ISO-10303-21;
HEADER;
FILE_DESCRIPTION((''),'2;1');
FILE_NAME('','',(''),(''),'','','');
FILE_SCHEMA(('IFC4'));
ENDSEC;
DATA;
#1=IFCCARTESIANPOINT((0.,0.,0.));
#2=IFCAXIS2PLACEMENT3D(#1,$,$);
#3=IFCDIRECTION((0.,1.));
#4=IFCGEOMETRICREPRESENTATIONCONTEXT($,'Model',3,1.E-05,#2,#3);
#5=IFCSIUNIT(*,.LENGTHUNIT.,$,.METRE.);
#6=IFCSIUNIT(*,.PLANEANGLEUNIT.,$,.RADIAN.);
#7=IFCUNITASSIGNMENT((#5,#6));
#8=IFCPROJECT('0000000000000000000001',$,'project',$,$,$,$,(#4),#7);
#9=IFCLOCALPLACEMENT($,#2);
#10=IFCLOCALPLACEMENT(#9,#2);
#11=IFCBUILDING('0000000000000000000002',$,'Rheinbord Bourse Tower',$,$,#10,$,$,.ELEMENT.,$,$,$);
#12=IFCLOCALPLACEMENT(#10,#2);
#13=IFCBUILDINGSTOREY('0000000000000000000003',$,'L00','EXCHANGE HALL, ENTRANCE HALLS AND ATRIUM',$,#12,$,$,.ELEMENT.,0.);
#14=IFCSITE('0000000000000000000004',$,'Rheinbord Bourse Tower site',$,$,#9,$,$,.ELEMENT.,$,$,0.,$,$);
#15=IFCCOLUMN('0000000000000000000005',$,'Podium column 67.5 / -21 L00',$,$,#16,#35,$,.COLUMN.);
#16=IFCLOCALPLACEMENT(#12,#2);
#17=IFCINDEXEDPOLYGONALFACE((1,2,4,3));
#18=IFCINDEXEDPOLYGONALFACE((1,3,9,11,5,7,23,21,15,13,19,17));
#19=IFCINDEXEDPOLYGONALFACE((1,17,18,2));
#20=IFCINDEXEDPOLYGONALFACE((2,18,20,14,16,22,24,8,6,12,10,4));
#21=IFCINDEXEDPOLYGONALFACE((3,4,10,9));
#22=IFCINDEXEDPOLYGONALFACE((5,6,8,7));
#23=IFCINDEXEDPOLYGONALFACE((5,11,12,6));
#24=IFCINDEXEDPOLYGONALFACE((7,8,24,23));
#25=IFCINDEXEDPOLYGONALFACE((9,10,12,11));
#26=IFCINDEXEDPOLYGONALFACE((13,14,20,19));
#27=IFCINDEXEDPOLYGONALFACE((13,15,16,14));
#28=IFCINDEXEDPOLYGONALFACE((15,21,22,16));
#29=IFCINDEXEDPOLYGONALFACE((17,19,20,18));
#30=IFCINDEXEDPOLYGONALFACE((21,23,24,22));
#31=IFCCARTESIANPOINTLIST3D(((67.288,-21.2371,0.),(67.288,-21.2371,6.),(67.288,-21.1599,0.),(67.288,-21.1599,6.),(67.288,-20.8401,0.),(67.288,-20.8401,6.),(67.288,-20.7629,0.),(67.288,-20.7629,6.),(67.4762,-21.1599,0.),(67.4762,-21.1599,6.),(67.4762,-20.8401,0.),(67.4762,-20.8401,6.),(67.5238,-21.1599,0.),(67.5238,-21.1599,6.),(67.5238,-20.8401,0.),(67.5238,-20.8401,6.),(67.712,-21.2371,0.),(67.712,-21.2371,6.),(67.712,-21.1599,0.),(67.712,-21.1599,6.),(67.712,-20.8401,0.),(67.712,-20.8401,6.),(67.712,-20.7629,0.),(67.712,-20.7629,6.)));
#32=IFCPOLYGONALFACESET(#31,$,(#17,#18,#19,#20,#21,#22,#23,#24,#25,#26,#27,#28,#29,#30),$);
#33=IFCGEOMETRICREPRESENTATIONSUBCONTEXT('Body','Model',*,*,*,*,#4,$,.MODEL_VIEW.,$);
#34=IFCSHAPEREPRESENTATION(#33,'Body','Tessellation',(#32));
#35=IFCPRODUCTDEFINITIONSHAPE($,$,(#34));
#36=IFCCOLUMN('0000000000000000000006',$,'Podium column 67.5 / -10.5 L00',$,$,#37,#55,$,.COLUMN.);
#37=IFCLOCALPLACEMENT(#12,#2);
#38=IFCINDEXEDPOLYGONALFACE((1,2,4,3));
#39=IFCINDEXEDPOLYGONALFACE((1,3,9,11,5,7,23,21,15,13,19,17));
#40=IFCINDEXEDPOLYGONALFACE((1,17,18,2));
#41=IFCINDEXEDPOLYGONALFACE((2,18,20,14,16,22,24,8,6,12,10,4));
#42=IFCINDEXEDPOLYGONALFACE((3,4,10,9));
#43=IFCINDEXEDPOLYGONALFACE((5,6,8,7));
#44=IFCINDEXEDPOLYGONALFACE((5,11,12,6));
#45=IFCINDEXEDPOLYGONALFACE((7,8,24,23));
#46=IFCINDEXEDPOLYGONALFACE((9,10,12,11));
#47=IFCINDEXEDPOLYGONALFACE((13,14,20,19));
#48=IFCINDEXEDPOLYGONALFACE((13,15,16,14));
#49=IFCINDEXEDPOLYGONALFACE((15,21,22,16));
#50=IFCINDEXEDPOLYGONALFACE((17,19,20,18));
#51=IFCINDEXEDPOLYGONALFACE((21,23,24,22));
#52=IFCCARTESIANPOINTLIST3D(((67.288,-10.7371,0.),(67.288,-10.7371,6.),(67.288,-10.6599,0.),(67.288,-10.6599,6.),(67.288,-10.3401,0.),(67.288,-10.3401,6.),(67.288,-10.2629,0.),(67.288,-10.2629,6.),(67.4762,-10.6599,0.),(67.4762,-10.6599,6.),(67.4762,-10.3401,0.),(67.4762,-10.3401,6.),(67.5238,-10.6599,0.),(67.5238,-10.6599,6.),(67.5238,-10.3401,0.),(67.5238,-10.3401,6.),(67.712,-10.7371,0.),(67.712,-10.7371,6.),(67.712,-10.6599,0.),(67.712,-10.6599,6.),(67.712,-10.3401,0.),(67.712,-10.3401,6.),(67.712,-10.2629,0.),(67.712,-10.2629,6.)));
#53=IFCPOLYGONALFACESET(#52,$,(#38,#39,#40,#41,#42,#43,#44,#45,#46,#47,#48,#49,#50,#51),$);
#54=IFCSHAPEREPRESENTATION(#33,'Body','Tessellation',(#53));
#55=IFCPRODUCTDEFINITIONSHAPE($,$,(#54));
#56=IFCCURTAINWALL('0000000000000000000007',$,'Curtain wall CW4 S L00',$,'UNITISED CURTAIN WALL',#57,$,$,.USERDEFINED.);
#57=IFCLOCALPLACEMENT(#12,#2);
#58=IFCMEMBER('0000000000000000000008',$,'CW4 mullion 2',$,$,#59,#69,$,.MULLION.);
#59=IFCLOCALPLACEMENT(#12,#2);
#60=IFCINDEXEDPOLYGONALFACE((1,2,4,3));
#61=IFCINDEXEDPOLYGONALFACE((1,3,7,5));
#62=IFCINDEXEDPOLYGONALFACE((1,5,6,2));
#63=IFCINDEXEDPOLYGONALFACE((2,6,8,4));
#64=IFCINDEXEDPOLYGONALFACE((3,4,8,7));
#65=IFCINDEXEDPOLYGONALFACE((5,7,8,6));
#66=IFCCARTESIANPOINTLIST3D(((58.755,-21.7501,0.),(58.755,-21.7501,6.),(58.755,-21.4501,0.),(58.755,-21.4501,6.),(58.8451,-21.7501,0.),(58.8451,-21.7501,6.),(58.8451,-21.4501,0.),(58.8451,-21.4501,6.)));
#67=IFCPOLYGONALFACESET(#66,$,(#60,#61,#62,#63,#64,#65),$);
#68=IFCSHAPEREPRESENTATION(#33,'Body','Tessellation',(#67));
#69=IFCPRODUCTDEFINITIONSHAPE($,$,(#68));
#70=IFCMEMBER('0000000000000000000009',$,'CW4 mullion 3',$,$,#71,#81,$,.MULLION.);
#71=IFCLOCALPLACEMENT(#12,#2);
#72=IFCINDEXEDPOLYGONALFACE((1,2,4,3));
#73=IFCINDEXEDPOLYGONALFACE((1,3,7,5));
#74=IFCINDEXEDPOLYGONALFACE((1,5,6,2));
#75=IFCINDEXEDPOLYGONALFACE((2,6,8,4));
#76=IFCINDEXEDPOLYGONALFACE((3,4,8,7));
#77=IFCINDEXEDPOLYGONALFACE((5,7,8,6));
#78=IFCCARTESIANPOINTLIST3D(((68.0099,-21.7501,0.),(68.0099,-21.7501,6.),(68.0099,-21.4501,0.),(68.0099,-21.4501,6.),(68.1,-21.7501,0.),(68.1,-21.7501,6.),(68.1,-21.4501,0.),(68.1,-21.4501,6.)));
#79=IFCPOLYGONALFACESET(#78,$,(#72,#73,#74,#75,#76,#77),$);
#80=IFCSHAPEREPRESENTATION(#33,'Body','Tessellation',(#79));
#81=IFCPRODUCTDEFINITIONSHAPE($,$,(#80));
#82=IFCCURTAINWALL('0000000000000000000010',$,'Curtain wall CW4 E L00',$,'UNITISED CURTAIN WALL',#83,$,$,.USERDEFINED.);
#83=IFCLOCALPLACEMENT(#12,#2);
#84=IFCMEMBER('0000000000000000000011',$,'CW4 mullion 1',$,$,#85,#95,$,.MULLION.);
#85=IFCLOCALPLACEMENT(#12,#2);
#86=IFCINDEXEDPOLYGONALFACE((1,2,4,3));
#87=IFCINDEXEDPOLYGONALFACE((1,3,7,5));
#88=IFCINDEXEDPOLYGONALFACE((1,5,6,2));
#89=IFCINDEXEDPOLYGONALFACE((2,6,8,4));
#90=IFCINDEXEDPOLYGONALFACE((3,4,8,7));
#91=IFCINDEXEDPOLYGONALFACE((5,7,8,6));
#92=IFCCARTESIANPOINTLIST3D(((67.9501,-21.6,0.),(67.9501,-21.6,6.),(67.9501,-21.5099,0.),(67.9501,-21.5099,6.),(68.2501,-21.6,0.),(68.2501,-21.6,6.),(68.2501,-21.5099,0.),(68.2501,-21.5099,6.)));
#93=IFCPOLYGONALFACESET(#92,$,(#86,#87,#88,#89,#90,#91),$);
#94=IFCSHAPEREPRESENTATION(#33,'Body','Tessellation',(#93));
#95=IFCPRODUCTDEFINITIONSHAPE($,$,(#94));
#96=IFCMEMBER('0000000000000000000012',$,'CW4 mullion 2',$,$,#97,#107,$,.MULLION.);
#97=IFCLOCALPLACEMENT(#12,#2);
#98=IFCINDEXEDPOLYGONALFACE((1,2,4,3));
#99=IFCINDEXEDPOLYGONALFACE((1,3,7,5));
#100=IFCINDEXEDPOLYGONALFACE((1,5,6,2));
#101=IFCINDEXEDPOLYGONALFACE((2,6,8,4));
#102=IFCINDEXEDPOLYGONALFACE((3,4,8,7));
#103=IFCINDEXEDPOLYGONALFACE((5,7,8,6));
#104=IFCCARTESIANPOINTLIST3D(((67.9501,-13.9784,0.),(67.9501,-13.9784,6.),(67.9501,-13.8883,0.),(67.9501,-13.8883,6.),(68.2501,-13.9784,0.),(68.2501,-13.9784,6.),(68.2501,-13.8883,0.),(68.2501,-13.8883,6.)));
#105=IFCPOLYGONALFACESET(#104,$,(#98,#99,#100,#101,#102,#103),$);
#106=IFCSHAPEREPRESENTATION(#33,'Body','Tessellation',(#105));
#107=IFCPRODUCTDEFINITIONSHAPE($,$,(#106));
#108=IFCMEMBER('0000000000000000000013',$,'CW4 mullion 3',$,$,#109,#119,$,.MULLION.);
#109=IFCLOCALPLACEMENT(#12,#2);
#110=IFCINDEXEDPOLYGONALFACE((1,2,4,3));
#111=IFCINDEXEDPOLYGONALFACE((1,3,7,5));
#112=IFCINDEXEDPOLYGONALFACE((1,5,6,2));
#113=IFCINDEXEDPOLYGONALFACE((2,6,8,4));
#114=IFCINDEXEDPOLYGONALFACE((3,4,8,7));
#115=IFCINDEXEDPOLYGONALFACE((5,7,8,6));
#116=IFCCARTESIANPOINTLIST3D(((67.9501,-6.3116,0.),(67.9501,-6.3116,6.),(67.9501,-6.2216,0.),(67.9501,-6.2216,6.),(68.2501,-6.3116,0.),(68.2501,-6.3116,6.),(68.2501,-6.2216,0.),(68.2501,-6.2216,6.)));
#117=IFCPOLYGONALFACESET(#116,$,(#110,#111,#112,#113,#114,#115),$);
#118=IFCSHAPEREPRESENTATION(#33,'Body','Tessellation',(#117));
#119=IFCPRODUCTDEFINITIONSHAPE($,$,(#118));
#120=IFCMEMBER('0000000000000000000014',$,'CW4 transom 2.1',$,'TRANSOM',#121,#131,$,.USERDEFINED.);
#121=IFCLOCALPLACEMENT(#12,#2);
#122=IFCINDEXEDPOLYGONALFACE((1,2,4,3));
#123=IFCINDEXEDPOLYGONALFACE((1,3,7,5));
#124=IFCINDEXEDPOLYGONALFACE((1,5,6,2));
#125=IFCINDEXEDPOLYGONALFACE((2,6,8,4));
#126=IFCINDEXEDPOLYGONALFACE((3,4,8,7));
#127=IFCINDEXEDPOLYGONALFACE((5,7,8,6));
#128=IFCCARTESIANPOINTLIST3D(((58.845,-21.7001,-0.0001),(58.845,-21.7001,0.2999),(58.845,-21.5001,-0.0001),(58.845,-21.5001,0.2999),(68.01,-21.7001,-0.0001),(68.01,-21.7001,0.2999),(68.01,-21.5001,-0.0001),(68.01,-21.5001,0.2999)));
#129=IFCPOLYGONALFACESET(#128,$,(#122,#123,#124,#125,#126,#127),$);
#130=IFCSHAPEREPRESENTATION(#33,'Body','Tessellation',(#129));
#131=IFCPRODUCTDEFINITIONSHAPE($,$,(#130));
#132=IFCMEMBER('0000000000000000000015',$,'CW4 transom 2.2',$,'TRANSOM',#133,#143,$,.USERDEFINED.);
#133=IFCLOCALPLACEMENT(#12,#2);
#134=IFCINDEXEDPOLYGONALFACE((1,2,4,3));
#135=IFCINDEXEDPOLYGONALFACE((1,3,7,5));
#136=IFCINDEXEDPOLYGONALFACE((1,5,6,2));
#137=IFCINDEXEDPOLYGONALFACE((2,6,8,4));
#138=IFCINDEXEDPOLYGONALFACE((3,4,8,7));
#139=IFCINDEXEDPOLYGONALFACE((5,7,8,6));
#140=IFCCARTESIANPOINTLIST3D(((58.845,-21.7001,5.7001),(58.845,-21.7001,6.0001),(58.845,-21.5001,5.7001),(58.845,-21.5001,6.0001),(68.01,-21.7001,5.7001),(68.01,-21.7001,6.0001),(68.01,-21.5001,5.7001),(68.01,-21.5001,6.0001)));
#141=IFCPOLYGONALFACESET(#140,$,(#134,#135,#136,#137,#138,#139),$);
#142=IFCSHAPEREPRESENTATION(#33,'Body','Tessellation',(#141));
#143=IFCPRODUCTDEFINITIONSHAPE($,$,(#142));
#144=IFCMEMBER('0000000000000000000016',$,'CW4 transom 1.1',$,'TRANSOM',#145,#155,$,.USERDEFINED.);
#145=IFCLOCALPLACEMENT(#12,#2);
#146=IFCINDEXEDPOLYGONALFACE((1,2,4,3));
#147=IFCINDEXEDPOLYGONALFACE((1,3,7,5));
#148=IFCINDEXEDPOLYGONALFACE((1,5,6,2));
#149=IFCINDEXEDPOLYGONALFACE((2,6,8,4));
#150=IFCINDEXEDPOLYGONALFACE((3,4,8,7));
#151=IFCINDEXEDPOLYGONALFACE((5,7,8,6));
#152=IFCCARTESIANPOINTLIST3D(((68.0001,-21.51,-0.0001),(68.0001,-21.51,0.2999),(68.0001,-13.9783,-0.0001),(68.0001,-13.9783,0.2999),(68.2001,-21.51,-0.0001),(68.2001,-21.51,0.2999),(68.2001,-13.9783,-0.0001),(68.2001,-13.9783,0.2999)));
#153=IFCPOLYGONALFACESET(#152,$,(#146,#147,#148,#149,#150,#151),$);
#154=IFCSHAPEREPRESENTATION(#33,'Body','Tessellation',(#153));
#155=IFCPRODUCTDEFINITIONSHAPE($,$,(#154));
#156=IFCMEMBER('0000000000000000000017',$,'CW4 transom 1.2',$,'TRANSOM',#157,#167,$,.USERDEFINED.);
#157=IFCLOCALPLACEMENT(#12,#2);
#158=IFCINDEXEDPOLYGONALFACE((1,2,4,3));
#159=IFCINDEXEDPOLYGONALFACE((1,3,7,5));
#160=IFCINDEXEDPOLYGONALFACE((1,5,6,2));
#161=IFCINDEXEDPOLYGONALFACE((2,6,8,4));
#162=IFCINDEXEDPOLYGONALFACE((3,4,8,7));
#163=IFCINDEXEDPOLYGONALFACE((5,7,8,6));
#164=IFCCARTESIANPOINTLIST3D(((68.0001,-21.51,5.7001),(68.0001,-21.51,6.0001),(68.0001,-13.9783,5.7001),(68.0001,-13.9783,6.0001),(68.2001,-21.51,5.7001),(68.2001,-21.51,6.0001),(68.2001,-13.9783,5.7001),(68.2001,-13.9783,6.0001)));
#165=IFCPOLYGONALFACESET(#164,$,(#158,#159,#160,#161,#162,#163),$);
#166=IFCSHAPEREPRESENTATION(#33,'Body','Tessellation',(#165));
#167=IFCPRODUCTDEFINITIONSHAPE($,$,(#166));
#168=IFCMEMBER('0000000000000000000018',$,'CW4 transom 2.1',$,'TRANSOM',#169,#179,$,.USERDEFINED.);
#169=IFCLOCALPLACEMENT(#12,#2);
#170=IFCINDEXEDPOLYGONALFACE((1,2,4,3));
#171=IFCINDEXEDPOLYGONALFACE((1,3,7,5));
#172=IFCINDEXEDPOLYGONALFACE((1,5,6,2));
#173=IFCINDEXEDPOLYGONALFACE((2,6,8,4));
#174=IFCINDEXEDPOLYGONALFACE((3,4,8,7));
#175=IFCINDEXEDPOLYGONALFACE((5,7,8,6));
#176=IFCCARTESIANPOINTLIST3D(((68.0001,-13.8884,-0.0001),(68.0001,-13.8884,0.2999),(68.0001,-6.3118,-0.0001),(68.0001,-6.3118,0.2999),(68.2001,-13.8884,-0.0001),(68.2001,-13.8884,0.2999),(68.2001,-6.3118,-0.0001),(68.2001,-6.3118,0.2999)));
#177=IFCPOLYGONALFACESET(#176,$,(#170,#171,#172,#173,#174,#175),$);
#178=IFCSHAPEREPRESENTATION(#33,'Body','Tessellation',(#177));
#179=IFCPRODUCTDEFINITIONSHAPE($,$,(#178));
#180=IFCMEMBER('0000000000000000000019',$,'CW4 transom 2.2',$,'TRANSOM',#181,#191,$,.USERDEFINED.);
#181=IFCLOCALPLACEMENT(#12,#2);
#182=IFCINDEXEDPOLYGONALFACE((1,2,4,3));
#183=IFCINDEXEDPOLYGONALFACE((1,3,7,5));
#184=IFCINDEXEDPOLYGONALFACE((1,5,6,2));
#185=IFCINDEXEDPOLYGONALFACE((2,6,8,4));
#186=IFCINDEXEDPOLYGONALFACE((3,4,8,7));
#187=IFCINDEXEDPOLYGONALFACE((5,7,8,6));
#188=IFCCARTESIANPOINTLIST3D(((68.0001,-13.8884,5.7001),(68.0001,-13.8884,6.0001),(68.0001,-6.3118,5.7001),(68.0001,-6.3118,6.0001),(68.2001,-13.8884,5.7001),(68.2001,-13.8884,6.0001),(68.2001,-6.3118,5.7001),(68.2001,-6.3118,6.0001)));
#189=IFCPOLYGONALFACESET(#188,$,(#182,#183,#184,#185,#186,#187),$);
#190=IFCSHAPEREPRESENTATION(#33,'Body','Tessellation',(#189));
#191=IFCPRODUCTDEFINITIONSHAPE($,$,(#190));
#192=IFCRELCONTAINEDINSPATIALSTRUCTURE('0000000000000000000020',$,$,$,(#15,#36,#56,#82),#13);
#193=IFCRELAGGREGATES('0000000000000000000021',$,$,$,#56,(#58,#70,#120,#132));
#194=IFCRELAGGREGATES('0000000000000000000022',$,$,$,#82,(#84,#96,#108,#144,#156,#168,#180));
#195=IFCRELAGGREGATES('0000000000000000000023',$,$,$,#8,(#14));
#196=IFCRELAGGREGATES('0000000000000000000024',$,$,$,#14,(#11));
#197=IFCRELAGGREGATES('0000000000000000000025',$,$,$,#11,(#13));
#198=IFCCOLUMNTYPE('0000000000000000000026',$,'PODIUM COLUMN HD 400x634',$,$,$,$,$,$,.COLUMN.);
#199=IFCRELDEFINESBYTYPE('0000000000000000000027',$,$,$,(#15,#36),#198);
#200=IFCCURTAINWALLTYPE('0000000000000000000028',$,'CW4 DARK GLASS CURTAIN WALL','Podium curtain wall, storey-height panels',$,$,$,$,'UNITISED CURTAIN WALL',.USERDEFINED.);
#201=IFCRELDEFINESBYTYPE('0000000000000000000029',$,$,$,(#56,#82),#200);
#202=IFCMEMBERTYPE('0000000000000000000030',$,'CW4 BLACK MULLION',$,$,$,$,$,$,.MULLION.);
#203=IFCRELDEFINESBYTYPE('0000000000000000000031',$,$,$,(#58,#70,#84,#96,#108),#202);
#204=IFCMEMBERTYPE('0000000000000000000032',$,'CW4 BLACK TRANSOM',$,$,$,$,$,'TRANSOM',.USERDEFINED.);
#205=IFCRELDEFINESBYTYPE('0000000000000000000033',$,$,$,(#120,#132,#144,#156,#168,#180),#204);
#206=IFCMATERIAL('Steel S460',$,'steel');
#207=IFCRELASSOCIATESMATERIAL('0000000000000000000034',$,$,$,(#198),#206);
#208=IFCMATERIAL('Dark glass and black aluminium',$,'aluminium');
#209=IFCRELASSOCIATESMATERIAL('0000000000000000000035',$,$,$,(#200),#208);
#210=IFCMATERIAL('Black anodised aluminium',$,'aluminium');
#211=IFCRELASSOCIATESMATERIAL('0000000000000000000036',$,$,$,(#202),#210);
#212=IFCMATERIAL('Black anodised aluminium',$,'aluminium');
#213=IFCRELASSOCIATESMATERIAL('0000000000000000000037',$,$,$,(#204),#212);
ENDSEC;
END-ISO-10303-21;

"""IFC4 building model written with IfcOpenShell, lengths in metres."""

from ifc_helpers import new_model, si_unit, direction, frame, origin, origin_2d, place, context, subcontext, project, spatial, rectangle, i_section, extrude, material, material_profile, profile_set, type_object, element, aggregate, save


model = new_model("IFC4")

# Units and contexts
model_context = context("Model", 3, precision=1e-05, world=origin(), true_north=direction((0.0, 1.0)))
body_context = subcontext(model_context, "Body", "Model", "MODEL_VIEW")
ifc_project = project(units=[si_unit("LENGTHUNIT", "METRE"), si_unit("PLANEANGLEUNIT", "RADIAN")], contexts=[model_context])

# Site, building, storey
site_placement = place(None, origin())
site = spatial("IfcSite", under=ifc_project, at=site_placement, Name="Rheinbord Bourse Tower site", CompositionType="ELEMENT", RefElevation=0.0)
building_placement = place(site_placement, origin())
building = spatial("IfcBuilding", under=site, at=building_placement, Name="Rheinbord Bourse Tower", CompositionType="ELEMENT")
storey_placement = place(building_placement, origin())
storey = spatial("IfcBuildingStorey", under=building, at=storey_placement, Name="L00", Description="EXCHANGE HALL, ENTRANCE HALLS AND ATRIUM", CompositionType="ELEMENT", Elevation=0.0)

# Columns
ifc_material_1 = material(Name="Steel S460", Category="steel")
ifc_material_profile_1 = material_profile(ifc_material_1, i_section(OverallWidth=0.4241, OverallDepth=0.4741, WebThickness=0.0476, FlangeThickness=0.0771, at=origin_2d()), Name="HD 400x634")
ifc_profile_set_1 = profile_set([ifc_material_profile_1], Name="Steel S460")
column_type = type_object("IfcColumnType", Name="PODIUM COLUMN HD 400x634", PredefinedType="COLUMN", material=ifc_profile_set_1)
for number, where, z_axis, x_axis, name in (
    (1, (67.5, -21.0, 0.0), (0.0, 0.0, 1.0), (1.0, 0.0, 0.0), "Podium column 67.5 / -21 L00"),
    (2, (67.5, -10.5, 0.0), (0.0, 0.0, 1.0), (1.0, 0.0, 0.0), "Podium column 67.5 / -10.5 L00"),
):
    element("IfcColumn", number, at=place(storey_placement, frame(where, z_axis=z_axis, x_axis=x_axis)), inside=storey, type_object=column_type, Name=name, PredefinedType="COLUMN", context=body_context, shape_type="SweptSolid", body=[
        extrude(i_section(OverallWidth=0.4241, OverallDepth=0.4741, WebThickness=0.0476, FlangeThickness=0.0771, at=origin_2d()), origin(), (0.0, 0.0, 1.0), 6.0),
    ])

# Curtain walls, members
ifc_material_2 = material(Name="Dark glass and black aluminium", Category="aluminium")
curtain_wall_type = type_object("IfcCurtainWallType", Name="CW4 DARK GLASS CURTAIN WALL", Description="Podium curtain wall, storey-height panels", ElementType="UNITISED CURTAIN WALL", PredefinedType="USERDEFINED", material=ifc_material_2)
curtain_wall_1_placement = place(storey_placement, origin())
curtain_wall_1 = element("IfcCurtainWall", 3, at=curtain_wall_1_placement, inside=storey, type_object=curtain_wall_type, Name="Curtain wall CW4 S L00", ObjectType="UNITISED CURTAIN WALL", PredefinedType="USERDEFINED")
ifc_material_3 = material(Name="Black anodised aluminium", Category="aluminium")
ifc_material_profile_2 = material_profile(ifc_material_3, rectangle(XDim=0.3, YDim=0.0901, at=origin_2d()), Name="CW4 MULLION 90x300")
ifc_profile_set_2 = profile_set([ifc_material_profile_2], Name="Black anodised aluminium")
member_type_1 = type_object("IfcMemberType", Name="CW4 BLACK MULLION", PredefinedType="MULLION", material=ifc_profile_set_2)
member_1_placement = place(storey_placement, frame((58.8, -21.6001, 0.0), z_axis=(0.0, 0.0, 1.0), x_axis=(0.0, 1.0, 0.0)))
member_1 = element("IfcMember", 4, at=member_1_placement, type_object=member_type_1, Name="CW4 mullion 2", PredefinedType="MULLION", context=body_context, shape_type="SweptSolid", body=[
    extrude(rectangle(XDim=0.3, YDim=0.0901, at=origin_2d()), origin(), (0.0, 0.0, 1.0), 6.0),
])
member_2_placement = place(storey_placement, frame((68.0549, -21.6001, 0.0), z_axis=(0.0, 0.0, 1.0), x_axis=(0.0, 1.0, 0.0)))
member_2 = element("IfcMember", 5, at=member_2_placement, type_object=member_type_1, Name="CW4 mullion 3", PredefinedType="MULLION", context=body_context, shape_type="SweptSolid", body=[
    extrude(rectangle(XDim=0.3, YDim=0.0901, at=origin_2d()), origin(), (0.0, 0.0, 1.0), 6.0),
])
curtain_wall_2_placement = place(storey_placement, origin())
curtain_wall_2 = element("IfcCurtainWall", 6, at=curtain_wall_2_placement, inside=storey, type_object=curtain_wall_type, Name="Curtain wall CW4 E L00", ObjectType="UNITISED CURTAIN WALL", PredefinedType="USERDEFINED")
member_3_placement = place(storey_placement, frame((68.1001, -21.5549, 0.0), z_axis=(0.0, 0.0, 1.0), x_axis=(-1.0, 0.0, 0.0)))
member_3 = element("IfcMember", 7, at=member_3_placement, type_object=member_type_1, Name="CW4 mullion 1", PredefinedType="MULLION", context=body_context, shape_type="SweptSolid", body=[
    extrude(rectangle(XDim=0.3, YDim=0.0901, at=origin_2d()), origin(), (0.0, 0.0, 1.0), 6.0),
])
member_4_placement = place(storey_placement, frame((68.1001, -13.9333, 0.0), z_axis=(0.0, 0.0, 1.0), x_axis=(-1.0, 0.0, 0.0)))
member_4 = element("IfcMember", 8, at=member_4_placement, type_object=member_type_1, Name="CW4 mullion 2", PredefinedType="MULLION", context=body_context, shape_type="SweptSolid", body=[
    extrude(rectangle(XDim=0.3, YDim=0.0901, at=origin_2d()), origin(), (0.0, 0.0, 1.0), 6.0),
])
member_5_placement = place(storey_placement, frame((68.1001, -6.2666, 0.0), z_axis=(0.0, 0.0, 1.0), x_axis=(-1.0, 0.0, 0.0)))
member_5 = element("IfcMember", 9, at=member_5_placement, type_object=member_type_1, Name="CW4 mullion 3", PredefinedType="MULLION", context=body_context, shape_type="SweptSolid", body=[
    extrude(rectangle(XDim=0.3, YDim=0.0901, at=origin_2d()), origin(), (0.0, 0.0, 1.0), 6.0),
])

# Members
ifc_material_4 = material(Name="Black anodised aluminium", Category="aluminium")
ifc_material_profile_3 = material_profile(ifc_material_4, rectangle(XDim=0.2, YDim=0.3, at=origin_2d()), Name="CW4 TRANSOM 300x200")
ifc_profile_set_3 = profile_set([ifc_material_profile_3], Name="Black anodised aluminium")
member_type_2 = type_object("IfcMemberType", Name="CW4 BLACK TRANSOM", ElementType="TRANSOM", PredefinedType="USERDEFINED", material=ifc_profile_set_3)
member_6_placement = place(storey_placement, frame((58.845, -21.6001, 0.1499), z_axis=(1.0, 0.0, 0.0), x_axis=(0.0, 1.0, 0.0)))
member_6 = element("IfcMember", 10, at=member_6_placement, type_object=member_type_2, Name="CW4 transom 2.1", ObjectType="TRANSOM", PredefinedType="USERDEFINED", context=body_context, shape_type="SweptSolid", body=[
    extrude(rectangle(XDim=0.2, YDim=0.3, at=origin_2d()), origin(), (0.0, 0.0, 1.0), 9.165),
])
member_7_placement = place(storey_placement, frame((58.845, -21.6001, 5.8501), z_axis=(1.0, 0.0, 0.0), x_axis=(0.0, 1.0, 0.0)))
member_7 = element("IfcMember", 11, at=member_7_placement, type_object=member_type_2, Name="CW4 transom 2.2", ObjectType="TRANSOM", PredefinedType="USERDEFINED", context=body_context, shape_type="SweptSolid", body=[
    extrude(rectangle(XDim=0.2, YDim=0.3, at=origin_2d()), origin(), (0.0, 0.0, 1.0), 9.165),
])
member_8_placement = place(storey_placement, frame((68.1001, -21.51, 0.1499), z_axis=(0.0, 1.0, 0.0), x_axis=(-1.0, 0.0, 0.0)))
member_8 = element("IfcMember", 12, at=member_8_placement, type_object=member_type_2, Name="CW4 transom 1.1", ObjectType="TRANSOM", PredefinedType="USERDEFINED", context=body_context, shape_type="SweptSolid", body=[
    extrude(rectangle(XDim=0.2, YDim=0.3, at=origin_2d()), origin(), (0.0, 0.0, 1.0), 7.5317),
])
member_9_placement = place(storey_placement, frame((68.1001, -21.51, 5.8501), z_axis=(0.0, 1.0, 0.0), x_axis=(-1.0, 0.0, 0.0)))
member_9 = element("IfcMember", 13, at=member_9_placement, type_object=member_type_2, Name="CW4 transom 1.2", ObjectType="TRANSOM", PredefinedType="USERDEFINED", context=body_context, shape_type="SweptSolid", body=[
    extrude(rectangle(XDim=0.2, YDim=0.3, at=origin_2d()), origin(), (0.0, 0.0, 1.0), 7.5317),
])
member_10_placement = place(storey_placement, frame((68.1001, -13.8884, 0.1499), z_axis=(0.0, 1.0, 0.0), x_axis=(-1.0, 0.0, 0.0)))
member_10 = element("IfcMember", 14, at=member_10_placement, type_object=member_type_2, Name="CW4 transom 2.1", ObjectType="TRANSOM", PredefinedType="USERDEFINED", context=body_context, shape_type="SweptSolid", body=[
    extrude(rectangle(XDim=0.2, YDim=0.3, at=origin_2d()), origin(), (0.0, 0.0, 1.0), 7.5767),
])
member_11_placement = place(storey_placement, frame((68.1001, -13.8884, 5.8501), z_axis=(0.0, 1.0, 0.0), x_axis=(-1.0, 0.0, 0.0)))
member_11 = element("IfcMember", 15, at=member_11_placement, type_object=member_type_2, Name="CW4 transom 2.2", ObjectType="TRANSOM", PredefinedType="USERDEFINED", context=body_context, shape_type="SweptSolid", body=[
    extrude(rectangle(XDim=0.2, YDim=0.3, at=origin_2d()), origin(), (0.0, 0.0, 1.0), 7.5767),
])

aggregate(curtain_wall_1, [member_1, member_2, member_6, member_7])
aggregate(curtain_wall_2, [member_3, member_4, member_5, member_8, member_9, member_10, member_11])

save(model, "model.ifc")
